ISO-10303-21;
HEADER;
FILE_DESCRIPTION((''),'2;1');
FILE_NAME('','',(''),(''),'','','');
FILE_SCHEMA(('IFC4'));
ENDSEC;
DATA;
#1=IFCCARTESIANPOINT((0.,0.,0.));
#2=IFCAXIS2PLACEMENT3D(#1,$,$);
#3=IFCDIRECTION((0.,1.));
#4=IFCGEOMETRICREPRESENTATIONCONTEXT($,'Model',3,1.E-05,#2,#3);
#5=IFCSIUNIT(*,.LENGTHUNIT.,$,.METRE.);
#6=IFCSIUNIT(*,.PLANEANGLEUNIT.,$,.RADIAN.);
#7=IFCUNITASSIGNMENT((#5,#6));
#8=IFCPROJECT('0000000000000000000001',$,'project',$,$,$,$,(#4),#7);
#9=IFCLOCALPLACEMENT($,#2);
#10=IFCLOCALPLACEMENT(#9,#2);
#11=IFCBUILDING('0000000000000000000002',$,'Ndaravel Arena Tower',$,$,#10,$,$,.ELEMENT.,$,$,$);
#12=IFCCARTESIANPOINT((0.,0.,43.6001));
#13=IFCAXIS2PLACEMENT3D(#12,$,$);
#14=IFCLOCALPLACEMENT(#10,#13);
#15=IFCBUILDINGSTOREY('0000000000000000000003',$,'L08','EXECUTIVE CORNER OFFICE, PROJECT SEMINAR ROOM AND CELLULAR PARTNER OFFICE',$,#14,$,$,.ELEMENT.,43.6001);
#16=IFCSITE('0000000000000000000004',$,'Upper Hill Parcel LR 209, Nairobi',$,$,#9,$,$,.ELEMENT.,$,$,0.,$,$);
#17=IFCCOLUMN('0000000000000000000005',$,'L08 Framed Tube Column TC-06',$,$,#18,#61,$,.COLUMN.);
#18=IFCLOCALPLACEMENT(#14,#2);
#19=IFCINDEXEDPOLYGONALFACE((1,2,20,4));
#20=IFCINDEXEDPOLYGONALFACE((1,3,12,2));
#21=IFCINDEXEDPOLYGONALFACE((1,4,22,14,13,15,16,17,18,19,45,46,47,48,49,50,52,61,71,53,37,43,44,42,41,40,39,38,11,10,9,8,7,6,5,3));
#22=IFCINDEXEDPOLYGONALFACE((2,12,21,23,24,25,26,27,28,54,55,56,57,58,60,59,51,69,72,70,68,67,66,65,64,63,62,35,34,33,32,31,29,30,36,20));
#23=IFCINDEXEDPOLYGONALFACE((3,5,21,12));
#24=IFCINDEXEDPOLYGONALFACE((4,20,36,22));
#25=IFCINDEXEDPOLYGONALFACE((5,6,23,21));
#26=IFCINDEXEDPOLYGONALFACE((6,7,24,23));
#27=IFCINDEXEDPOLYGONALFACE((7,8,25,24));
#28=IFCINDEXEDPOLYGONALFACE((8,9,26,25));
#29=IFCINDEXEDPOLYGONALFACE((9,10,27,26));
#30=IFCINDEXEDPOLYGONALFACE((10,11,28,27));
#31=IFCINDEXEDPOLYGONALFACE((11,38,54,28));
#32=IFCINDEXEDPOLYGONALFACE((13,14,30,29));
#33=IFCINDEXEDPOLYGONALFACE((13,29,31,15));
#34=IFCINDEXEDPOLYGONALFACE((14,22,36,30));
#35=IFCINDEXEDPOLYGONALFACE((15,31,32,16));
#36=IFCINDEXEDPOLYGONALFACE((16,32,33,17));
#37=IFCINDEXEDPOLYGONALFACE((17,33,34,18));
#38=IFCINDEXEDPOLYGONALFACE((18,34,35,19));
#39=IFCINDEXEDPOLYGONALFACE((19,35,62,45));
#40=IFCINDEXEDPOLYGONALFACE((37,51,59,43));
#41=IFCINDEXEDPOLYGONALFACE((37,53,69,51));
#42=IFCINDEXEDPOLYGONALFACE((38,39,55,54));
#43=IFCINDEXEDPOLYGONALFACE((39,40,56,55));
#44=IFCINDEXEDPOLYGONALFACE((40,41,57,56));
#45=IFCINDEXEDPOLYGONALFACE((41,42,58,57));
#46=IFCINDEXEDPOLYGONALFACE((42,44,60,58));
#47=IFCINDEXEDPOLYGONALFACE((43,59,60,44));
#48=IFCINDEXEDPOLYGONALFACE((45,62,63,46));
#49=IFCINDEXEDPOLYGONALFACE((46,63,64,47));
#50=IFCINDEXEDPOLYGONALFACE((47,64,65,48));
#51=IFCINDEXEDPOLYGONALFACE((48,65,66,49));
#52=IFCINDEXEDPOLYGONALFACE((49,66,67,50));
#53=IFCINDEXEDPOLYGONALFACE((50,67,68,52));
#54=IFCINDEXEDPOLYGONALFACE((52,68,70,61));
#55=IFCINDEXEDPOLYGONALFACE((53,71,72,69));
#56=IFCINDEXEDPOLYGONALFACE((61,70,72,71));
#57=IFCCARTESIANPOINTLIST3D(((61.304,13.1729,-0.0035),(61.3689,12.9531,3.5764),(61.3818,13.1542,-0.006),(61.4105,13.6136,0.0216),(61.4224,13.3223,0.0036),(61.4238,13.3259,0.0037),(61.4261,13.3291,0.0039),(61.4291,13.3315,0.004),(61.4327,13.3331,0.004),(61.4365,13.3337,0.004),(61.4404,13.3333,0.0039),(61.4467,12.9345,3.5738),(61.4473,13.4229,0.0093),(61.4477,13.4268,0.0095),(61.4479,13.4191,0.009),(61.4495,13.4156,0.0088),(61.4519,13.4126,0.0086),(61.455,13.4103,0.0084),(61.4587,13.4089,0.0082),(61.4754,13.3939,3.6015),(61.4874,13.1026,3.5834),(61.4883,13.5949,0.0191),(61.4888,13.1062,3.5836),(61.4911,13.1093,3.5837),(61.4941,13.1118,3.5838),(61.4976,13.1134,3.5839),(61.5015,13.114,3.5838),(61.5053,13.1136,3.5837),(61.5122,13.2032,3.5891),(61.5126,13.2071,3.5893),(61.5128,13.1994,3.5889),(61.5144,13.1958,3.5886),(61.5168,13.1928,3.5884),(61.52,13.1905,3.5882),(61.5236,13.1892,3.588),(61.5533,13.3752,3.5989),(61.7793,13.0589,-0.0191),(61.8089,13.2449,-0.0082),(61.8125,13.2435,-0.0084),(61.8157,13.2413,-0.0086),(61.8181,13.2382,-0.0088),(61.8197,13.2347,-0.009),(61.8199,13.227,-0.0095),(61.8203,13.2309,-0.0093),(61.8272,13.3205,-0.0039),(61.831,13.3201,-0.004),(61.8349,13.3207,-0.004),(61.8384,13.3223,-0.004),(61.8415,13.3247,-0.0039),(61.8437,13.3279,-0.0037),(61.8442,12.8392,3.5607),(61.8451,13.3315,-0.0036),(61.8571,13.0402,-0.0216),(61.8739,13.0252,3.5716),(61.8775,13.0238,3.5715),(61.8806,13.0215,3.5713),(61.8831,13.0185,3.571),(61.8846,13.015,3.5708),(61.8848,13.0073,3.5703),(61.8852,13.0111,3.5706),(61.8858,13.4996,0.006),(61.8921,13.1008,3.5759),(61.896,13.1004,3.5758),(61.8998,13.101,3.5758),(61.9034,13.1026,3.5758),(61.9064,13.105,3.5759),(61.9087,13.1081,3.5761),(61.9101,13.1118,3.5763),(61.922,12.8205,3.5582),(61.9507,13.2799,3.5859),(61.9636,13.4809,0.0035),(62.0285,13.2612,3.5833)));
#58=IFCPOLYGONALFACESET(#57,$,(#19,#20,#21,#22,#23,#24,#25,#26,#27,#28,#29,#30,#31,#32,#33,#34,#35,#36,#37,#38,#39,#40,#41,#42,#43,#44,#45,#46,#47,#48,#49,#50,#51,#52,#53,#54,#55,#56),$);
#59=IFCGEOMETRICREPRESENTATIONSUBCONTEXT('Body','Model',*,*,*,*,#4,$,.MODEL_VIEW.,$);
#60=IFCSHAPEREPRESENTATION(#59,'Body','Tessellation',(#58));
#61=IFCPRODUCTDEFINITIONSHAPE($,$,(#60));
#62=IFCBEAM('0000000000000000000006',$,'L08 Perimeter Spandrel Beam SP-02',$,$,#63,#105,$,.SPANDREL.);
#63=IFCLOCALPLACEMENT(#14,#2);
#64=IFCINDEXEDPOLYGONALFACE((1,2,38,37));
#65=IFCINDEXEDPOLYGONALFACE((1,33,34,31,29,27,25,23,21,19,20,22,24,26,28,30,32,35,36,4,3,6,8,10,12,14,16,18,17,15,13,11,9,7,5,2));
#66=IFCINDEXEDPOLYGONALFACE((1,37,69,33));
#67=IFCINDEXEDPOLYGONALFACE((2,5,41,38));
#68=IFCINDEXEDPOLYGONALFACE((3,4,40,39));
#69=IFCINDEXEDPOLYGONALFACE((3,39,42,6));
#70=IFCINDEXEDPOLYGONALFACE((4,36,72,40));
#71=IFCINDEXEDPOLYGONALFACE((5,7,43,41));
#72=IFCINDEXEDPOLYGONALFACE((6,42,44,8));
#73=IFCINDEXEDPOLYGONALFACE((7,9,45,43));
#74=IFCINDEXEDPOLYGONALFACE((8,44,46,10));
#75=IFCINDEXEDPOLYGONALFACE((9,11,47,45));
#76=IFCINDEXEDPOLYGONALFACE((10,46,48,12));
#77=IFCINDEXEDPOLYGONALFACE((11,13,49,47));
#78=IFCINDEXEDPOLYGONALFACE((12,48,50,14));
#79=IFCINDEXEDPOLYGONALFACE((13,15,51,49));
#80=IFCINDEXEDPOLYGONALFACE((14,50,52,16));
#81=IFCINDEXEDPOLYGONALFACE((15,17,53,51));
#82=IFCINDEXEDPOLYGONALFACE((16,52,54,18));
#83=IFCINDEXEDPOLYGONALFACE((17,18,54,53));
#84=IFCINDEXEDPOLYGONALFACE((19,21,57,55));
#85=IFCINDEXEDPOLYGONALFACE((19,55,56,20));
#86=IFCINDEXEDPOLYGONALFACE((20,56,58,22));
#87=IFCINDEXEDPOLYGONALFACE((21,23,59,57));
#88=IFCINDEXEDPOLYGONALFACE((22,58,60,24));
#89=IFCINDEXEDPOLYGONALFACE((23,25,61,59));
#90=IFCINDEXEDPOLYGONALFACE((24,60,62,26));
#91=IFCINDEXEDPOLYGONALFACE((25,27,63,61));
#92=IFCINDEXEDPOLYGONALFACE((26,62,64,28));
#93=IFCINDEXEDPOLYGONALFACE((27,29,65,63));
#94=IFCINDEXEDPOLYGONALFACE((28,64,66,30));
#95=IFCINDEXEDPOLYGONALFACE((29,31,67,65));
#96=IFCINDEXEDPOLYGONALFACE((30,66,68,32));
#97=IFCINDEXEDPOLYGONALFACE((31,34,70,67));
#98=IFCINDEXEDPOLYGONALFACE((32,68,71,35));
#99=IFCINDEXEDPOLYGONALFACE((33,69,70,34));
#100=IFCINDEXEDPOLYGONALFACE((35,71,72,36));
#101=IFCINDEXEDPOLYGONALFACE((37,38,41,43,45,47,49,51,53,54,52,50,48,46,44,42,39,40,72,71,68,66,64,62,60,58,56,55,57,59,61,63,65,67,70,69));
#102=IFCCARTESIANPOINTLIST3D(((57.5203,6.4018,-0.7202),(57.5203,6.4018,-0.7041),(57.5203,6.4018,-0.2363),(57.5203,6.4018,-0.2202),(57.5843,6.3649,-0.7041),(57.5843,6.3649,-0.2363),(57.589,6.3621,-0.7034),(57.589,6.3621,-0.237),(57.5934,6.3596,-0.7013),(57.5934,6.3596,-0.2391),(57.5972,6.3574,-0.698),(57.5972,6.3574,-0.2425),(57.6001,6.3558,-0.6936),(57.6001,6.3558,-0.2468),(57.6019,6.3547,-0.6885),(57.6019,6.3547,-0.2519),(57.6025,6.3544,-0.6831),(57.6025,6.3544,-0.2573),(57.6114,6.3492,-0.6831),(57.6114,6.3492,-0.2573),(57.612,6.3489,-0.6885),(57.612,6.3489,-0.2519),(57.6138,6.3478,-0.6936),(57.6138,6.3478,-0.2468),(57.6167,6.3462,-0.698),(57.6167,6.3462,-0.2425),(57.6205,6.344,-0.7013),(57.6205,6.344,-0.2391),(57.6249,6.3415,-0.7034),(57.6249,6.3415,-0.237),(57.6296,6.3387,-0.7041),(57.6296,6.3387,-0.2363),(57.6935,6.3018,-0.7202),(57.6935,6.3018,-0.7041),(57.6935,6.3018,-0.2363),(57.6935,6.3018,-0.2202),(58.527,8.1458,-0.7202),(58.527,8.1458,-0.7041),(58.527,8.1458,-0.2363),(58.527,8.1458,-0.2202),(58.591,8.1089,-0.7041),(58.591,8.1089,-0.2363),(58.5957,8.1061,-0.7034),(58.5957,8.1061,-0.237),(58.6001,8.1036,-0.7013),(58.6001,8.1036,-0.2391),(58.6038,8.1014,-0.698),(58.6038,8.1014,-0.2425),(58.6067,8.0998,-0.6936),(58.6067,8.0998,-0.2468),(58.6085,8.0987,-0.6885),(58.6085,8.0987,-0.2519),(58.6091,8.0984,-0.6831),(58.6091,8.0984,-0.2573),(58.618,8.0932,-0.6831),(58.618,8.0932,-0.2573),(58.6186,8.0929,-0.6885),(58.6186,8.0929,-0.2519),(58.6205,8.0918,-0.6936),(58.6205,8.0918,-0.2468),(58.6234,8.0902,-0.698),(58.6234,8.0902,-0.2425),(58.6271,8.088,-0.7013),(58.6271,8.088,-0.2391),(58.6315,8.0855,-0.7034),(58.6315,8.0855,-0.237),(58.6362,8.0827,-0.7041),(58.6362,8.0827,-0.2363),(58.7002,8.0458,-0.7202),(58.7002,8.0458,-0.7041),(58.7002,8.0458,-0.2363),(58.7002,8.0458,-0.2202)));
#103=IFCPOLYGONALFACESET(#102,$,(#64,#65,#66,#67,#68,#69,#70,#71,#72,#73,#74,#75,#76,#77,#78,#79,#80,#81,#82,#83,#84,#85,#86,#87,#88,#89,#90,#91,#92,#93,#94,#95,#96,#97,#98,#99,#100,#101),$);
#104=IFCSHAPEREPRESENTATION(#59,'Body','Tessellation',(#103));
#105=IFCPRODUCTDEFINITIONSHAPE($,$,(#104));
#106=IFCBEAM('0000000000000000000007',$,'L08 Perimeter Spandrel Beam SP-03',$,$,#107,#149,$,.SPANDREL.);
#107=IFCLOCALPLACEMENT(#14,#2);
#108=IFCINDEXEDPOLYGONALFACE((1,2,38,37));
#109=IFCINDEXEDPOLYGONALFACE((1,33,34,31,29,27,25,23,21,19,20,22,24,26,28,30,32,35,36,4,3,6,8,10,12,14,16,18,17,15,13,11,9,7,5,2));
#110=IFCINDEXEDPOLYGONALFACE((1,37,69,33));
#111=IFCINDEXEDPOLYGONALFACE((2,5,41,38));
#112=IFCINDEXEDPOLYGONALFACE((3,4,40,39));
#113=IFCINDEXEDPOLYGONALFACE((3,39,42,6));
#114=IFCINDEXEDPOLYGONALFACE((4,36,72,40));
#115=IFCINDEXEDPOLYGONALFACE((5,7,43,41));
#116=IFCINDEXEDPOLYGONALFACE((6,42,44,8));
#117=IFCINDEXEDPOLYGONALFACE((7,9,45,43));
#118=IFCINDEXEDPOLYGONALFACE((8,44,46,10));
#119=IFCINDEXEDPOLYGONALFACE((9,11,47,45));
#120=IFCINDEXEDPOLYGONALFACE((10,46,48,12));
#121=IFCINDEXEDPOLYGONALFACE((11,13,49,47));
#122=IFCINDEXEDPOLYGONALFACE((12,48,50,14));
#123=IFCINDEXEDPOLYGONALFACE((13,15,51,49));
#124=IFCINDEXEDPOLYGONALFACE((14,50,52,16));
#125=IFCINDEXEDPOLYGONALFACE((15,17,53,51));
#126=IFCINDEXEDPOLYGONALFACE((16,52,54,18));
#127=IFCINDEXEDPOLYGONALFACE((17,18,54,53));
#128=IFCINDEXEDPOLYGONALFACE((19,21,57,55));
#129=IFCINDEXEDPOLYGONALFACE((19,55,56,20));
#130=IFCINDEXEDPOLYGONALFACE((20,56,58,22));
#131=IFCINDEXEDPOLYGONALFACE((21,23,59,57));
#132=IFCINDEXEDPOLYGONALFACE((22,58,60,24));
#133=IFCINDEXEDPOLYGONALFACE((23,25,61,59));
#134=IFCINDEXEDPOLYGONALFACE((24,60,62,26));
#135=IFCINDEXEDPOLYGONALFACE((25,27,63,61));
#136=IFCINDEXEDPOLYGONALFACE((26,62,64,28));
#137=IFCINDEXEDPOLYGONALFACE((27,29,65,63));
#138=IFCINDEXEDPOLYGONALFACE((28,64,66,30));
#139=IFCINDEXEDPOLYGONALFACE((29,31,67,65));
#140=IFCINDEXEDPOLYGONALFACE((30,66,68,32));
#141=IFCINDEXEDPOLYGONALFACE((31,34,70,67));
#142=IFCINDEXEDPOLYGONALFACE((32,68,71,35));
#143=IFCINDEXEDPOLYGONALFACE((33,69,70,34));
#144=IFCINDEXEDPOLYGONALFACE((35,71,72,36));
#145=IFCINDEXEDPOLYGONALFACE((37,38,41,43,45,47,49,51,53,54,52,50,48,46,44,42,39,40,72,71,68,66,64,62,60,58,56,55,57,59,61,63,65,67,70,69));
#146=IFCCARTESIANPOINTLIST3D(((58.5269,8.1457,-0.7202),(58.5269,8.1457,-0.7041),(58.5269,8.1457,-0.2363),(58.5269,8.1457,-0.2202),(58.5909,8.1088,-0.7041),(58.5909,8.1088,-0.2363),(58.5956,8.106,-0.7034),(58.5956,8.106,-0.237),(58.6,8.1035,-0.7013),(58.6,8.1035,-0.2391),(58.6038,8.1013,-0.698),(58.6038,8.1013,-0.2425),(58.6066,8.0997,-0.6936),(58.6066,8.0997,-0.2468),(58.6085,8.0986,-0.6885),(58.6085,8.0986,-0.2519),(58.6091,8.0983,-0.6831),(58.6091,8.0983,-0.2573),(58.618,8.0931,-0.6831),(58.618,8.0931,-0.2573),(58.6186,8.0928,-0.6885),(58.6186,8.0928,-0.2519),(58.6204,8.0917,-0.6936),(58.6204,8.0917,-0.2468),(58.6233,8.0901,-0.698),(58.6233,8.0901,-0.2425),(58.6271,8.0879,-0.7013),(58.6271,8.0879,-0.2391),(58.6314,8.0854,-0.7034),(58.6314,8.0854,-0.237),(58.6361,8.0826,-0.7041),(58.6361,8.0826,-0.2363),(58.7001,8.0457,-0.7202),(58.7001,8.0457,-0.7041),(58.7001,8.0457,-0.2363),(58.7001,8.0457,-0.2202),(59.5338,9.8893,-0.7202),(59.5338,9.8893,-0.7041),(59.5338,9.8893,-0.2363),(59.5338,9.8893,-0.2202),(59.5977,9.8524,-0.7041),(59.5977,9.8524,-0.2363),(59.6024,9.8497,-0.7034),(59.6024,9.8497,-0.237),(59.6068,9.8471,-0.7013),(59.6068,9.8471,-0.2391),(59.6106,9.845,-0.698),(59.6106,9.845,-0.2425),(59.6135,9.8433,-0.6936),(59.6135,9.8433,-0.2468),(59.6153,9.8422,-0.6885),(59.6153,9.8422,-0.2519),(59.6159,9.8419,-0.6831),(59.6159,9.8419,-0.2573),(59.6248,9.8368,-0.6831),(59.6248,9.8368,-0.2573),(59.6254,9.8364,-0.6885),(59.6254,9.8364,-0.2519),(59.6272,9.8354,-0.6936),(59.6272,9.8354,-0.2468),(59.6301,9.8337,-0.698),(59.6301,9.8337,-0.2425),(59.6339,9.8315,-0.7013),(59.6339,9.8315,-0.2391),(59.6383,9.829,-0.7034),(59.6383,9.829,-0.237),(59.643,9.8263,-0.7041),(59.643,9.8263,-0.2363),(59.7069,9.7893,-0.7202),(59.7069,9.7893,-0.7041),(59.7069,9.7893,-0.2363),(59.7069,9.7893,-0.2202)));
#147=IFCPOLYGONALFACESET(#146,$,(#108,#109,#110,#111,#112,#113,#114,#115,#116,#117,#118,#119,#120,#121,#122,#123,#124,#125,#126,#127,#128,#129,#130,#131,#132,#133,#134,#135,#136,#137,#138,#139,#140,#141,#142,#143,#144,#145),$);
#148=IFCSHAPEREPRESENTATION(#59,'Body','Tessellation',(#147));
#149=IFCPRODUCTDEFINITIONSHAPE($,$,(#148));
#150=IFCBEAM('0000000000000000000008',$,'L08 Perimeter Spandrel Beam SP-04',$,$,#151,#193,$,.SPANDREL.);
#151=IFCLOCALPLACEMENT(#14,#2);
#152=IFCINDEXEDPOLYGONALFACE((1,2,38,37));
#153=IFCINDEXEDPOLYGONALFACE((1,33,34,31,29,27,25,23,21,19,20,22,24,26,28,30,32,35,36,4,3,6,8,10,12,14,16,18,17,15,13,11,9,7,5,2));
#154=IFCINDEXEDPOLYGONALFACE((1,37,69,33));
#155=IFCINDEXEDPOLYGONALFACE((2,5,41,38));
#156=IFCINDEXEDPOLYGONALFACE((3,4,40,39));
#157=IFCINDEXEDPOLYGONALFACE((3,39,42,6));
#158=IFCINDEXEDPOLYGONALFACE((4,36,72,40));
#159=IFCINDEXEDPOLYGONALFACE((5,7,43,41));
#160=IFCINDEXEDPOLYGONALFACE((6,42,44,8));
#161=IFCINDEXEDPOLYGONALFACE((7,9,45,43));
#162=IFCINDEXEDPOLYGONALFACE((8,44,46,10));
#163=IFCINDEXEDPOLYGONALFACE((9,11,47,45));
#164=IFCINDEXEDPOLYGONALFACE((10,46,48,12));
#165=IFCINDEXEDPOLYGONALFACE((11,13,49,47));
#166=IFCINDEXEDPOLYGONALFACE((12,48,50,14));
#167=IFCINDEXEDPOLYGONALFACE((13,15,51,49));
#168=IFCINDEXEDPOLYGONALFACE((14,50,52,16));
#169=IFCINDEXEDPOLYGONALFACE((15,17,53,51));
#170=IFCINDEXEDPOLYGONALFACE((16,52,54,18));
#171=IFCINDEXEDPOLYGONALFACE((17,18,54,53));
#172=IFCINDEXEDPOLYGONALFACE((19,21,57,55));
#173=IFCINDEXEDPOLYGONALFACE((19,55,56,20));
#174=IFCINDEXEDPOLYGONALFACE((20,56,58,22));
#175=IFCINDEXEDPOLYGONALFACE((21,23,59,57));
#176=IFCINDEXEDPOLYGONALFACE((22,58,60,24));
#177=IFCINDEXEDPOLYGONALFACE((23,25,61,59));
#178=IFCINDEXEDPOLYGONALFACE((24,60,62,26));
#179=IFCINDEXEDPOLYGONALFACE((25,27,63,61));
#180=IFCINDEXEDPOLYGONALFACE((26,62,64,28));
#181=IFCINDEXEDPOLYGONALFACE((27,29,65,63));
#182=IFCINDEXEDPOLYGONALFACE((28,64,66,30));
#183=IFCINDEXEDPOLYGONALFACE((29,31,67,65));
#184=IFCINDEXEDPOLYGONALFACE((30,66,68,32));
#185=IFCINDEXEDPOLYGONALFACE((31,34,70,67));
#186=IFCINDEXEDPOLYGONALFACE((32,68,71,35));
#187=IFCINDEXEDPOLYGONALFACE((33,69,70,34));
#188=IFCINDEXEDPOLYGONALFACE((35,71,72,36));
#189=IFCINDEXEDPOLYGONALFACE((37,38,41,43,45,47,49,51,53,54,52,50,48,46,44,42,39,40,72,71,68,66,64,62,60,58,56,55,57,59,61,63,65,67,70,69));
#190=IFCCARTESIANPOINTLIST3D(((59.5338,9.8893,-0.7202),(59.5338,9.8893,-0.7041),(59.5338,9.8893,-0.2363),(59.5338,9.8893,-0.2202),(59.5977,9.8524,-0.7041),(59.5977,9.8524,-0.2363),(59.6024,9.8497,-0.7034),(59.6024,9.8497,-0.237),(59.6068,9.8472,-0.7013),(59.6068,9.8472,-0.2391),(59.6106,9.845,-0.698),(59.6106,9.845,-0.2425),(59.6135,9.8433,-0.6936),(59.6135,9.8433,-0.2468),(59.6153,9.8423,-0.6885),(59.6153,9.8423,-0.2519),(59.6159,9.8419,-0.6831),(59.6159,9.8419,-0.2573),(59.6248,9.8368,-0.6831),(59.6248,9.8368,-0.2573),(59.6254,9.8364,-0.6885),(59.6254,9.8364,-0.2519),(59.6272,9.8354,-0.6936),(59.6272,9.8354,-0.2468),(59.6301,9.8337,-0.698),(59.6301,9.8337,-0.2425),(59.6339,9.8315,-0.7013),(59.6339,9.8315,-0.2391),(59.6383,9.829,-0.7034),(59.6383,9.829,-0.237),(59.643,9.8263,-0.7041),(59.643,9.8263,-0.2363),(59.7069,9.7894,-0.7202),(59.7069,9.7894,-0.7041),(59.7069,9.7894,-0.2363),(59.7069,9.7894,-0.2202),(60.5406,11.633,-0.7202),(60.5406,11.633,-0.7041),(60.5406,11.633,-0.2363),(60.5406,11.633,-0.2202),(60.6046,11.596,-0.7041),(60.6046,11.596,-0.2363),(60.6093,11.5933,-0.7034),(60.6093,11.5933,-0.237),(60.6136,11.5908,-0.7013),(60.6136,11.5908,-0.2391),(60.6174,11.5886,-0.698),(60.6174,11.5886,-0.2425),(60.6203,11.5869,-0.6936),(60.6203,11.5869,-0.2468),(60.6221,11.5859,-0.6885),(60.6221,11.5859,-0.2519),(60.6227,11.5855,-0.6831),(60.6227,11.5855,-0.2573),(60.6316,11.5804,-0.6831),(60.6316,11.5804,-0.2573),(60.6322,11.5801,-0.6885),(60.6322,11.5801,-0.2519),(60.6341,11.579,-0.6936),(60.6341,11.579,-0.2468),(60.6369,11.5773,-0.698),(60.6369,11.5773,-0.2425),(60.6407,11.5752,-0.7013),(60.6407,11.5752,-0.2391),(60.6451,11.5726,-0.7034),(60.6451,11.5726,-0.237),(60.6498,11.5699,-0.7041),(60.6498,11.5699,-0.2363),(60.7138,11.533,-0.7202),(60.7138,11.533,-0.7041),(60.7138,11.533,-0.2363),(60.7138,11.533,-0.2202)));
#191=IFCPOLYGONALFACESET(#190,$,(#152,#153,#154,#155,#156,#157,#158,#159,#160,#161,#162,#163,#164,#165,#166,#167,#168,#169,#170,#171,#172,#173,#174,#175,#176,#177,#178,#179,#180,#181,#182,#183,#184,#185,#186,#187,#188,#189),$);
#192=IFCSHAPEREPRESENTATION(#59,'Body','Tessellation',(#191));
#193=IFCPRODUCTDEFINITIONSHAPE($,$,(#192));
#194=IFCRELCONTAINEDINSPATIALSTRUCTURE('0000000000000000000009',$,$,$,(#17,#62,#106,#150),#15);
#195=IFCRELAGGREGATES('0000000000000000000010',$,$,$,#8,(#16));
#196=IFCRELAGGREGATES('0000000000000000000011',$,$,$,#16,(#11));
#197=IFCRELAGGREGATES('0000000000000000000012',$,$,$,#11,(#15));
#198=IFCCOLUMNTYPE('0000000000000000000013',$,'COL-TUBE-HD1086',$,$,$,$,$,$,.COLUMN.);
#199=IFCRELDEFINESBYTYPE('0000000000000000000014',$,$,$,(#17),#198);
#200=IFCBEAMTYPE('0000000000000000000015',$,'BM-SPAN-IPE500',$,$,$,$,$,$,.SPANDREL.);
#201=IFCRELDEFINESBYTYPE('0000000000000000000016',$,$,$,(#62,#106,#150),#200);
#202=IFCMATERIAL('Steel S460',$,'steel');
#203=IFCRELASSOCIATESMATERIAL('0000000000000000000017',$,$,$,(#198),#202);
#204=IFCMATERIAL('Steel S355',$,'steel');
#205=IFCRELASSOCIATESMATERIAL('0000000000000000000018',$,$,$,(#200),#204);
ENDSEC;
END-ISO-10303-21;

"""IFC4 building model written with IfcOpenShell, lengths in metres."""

from ifc_helpers import new_model, si_unit, direction, frame, origin, origin_2d, place, context, subcontext, project, spatial, i_section, extrude, material, material_profile, profile_set, type_object, element, save


model = new_model("IFC4")

# Units and contexts
model_context = context("Model", 3, precision=1e-05, world=origin(), true_north=direction((0.0, 1.0)))
body_context = subcontext(model_context, "Body", "Model", "MODEL_VIEW")
ifc_project = project(units=[si_unit("LENGTHUNIT", "METRE"), si_unit("PLANEANGLEUNIT", "RADIAN")], contexts=[model_context])

# Site, building, storey
site_placement = place(None, origin())
site = spatial("IfcSite", under=ifc_project, at=site_placement, Name="Upper Hill Parcel LR 209, Nairobi", CompositionType="ELEMENT", RefElevation=0.0)
building_placement = place(site_placement, origin())
building = spatial("IfcBuilding", under=site, at=building_placement, Name="Ndaravel Arena Tower", CompositionType="ELEMENT")
storey_placement = place(building_placement, frame((0.0, 0.0, 43.6001)))
storey = spatial("IfcBuildingStorey", under=building, at=storey_placement, Name="L08", Description="EXECUTIVE CORNER OFFICE, PROJECT SEMINAR ROOM AND CELLULAR PARTNER OFFICE", CompositionType="ELEMENT", Elevation=43.6001)

# Column
ifc_material_1 = material(Name="Steel S460", Category="steel")
ifc_material_profile_1 = material_profile(ifc_material_1, i_section(OverallWidth=0.4541, OverallDepth=0.5691, WebThickness=0.0779, FlangeThickness=0.0801, FilletRadius=0.0149, at=origin_2d()), Name="HD 400x1086")
ifc_profile_set_1 = profile_set([ifc_material_profile_1], Name="Steel S460")
column_type = type_object("IfcColumnType", Name="COL-TUBE-HD1086", PredefinedType="COLUMN", material=ifc_profile_set_1)
column_1_placement = place(storey_placement, frame((61.6338, 13.3269, 0.0), z_axis=(0.018104, -0.061254, 0.997958), x_axis=(0.234535, 0.970533, 0.055316)))
element("IfcColumn", 1, at=column_1_placement, inside=storey, type_object=column_type, Name="L08 Framed Tube Column TC-06", PredefinedType="COLUMN", context=body_context, shape_type="SweptSolid", body=[
    extrude(i_section(OverallWidth=0.4541, OverallDepth=0.5691, WebThickness=0.0779, FlangeThickness=0.0801, FilletRadius=0.0149, at=origin_2d()), origin(), (0.0, 0.0, 1.0), 3.5872),
])

# Beams
ifc_material_2 = material(Name="Steel S355", Category="steel")
ifc_material_profile_2 = material_profile(ifc_material_2, i_section(OverallWidth=0.2, OverallDepth=0.5, WebThickness=0.0103, FlangeThickness=0.0161, FilletRadius=0.021, at=origin_2d()), Name="IPE 500")
ifc_profile_set_2 = profile_set([ifc_material_profile_2], Name="Steel S355")
beam_type = type_object("IfcBeamType", Name="BM-SPAN-IPE500", PredefinedType="SPANDREL", material=ifc_profile_set_2)
beam_1_placement = place(storey_placement, frame((57.6069, 6.3518, -0.4702), z_axis=(0.499908, 0.866079, 0.0), x_axis=(-0.866079, 0.499908, 0.0)))
element("IfcBeam", 2, at=beam_1_placement, inside=storey, type_object=beam_type, Name="L08 Perimeter Spandrel Beam SP-02", PredefinedType="SPANDREL", context=body_context, shape_type="SweptSolid", body=[
    extrude(i_section(OverallWidth=0.2, OverallDepth=0.5, WebThickness=0.0103, FlangeThickness=0.0161, FilletRadius=0.021, at=origin_2d()), origin(), (0.0, 0.0, 1.0), 2.0137),
])
for number, where, z_axis, x_axis, name in (
    (3, (58.6135, 8.0957, -0.4702), (0.500051, 0.865996, 0.0), (-0.865996, 0.500051, 0.0), "L08 Perimeter Spandrel Beam SP-03"),
    (4, (59.6204, 9.8394, -0.4702), (0.500051, 0.865996, 0.0), (-0.865996, 0.500051, 0.0), "L08 Perimeter Spandrel Beam SP-04"),
):
    element("IfcBeam", number, at=place(storey_placement, frame(where, z_axis=z_axis, x_axis=x_axis)), inside=storey, type_object=beam_type, Name=name, PredefinedType="SPANDREL", context=body_context, shape_type="SweptSolid", body=[
        extrude(i_section(OverallWidth=0.2, OverallDepth=0.5, WebThickness=0.0103, FlangeThickness=0.0161, FilletRadius=0.021, at=origin_2d()), origin(), (0.0, 0.0, 1.0), 2.0134),
    ])

save(model, "model.ifc")
